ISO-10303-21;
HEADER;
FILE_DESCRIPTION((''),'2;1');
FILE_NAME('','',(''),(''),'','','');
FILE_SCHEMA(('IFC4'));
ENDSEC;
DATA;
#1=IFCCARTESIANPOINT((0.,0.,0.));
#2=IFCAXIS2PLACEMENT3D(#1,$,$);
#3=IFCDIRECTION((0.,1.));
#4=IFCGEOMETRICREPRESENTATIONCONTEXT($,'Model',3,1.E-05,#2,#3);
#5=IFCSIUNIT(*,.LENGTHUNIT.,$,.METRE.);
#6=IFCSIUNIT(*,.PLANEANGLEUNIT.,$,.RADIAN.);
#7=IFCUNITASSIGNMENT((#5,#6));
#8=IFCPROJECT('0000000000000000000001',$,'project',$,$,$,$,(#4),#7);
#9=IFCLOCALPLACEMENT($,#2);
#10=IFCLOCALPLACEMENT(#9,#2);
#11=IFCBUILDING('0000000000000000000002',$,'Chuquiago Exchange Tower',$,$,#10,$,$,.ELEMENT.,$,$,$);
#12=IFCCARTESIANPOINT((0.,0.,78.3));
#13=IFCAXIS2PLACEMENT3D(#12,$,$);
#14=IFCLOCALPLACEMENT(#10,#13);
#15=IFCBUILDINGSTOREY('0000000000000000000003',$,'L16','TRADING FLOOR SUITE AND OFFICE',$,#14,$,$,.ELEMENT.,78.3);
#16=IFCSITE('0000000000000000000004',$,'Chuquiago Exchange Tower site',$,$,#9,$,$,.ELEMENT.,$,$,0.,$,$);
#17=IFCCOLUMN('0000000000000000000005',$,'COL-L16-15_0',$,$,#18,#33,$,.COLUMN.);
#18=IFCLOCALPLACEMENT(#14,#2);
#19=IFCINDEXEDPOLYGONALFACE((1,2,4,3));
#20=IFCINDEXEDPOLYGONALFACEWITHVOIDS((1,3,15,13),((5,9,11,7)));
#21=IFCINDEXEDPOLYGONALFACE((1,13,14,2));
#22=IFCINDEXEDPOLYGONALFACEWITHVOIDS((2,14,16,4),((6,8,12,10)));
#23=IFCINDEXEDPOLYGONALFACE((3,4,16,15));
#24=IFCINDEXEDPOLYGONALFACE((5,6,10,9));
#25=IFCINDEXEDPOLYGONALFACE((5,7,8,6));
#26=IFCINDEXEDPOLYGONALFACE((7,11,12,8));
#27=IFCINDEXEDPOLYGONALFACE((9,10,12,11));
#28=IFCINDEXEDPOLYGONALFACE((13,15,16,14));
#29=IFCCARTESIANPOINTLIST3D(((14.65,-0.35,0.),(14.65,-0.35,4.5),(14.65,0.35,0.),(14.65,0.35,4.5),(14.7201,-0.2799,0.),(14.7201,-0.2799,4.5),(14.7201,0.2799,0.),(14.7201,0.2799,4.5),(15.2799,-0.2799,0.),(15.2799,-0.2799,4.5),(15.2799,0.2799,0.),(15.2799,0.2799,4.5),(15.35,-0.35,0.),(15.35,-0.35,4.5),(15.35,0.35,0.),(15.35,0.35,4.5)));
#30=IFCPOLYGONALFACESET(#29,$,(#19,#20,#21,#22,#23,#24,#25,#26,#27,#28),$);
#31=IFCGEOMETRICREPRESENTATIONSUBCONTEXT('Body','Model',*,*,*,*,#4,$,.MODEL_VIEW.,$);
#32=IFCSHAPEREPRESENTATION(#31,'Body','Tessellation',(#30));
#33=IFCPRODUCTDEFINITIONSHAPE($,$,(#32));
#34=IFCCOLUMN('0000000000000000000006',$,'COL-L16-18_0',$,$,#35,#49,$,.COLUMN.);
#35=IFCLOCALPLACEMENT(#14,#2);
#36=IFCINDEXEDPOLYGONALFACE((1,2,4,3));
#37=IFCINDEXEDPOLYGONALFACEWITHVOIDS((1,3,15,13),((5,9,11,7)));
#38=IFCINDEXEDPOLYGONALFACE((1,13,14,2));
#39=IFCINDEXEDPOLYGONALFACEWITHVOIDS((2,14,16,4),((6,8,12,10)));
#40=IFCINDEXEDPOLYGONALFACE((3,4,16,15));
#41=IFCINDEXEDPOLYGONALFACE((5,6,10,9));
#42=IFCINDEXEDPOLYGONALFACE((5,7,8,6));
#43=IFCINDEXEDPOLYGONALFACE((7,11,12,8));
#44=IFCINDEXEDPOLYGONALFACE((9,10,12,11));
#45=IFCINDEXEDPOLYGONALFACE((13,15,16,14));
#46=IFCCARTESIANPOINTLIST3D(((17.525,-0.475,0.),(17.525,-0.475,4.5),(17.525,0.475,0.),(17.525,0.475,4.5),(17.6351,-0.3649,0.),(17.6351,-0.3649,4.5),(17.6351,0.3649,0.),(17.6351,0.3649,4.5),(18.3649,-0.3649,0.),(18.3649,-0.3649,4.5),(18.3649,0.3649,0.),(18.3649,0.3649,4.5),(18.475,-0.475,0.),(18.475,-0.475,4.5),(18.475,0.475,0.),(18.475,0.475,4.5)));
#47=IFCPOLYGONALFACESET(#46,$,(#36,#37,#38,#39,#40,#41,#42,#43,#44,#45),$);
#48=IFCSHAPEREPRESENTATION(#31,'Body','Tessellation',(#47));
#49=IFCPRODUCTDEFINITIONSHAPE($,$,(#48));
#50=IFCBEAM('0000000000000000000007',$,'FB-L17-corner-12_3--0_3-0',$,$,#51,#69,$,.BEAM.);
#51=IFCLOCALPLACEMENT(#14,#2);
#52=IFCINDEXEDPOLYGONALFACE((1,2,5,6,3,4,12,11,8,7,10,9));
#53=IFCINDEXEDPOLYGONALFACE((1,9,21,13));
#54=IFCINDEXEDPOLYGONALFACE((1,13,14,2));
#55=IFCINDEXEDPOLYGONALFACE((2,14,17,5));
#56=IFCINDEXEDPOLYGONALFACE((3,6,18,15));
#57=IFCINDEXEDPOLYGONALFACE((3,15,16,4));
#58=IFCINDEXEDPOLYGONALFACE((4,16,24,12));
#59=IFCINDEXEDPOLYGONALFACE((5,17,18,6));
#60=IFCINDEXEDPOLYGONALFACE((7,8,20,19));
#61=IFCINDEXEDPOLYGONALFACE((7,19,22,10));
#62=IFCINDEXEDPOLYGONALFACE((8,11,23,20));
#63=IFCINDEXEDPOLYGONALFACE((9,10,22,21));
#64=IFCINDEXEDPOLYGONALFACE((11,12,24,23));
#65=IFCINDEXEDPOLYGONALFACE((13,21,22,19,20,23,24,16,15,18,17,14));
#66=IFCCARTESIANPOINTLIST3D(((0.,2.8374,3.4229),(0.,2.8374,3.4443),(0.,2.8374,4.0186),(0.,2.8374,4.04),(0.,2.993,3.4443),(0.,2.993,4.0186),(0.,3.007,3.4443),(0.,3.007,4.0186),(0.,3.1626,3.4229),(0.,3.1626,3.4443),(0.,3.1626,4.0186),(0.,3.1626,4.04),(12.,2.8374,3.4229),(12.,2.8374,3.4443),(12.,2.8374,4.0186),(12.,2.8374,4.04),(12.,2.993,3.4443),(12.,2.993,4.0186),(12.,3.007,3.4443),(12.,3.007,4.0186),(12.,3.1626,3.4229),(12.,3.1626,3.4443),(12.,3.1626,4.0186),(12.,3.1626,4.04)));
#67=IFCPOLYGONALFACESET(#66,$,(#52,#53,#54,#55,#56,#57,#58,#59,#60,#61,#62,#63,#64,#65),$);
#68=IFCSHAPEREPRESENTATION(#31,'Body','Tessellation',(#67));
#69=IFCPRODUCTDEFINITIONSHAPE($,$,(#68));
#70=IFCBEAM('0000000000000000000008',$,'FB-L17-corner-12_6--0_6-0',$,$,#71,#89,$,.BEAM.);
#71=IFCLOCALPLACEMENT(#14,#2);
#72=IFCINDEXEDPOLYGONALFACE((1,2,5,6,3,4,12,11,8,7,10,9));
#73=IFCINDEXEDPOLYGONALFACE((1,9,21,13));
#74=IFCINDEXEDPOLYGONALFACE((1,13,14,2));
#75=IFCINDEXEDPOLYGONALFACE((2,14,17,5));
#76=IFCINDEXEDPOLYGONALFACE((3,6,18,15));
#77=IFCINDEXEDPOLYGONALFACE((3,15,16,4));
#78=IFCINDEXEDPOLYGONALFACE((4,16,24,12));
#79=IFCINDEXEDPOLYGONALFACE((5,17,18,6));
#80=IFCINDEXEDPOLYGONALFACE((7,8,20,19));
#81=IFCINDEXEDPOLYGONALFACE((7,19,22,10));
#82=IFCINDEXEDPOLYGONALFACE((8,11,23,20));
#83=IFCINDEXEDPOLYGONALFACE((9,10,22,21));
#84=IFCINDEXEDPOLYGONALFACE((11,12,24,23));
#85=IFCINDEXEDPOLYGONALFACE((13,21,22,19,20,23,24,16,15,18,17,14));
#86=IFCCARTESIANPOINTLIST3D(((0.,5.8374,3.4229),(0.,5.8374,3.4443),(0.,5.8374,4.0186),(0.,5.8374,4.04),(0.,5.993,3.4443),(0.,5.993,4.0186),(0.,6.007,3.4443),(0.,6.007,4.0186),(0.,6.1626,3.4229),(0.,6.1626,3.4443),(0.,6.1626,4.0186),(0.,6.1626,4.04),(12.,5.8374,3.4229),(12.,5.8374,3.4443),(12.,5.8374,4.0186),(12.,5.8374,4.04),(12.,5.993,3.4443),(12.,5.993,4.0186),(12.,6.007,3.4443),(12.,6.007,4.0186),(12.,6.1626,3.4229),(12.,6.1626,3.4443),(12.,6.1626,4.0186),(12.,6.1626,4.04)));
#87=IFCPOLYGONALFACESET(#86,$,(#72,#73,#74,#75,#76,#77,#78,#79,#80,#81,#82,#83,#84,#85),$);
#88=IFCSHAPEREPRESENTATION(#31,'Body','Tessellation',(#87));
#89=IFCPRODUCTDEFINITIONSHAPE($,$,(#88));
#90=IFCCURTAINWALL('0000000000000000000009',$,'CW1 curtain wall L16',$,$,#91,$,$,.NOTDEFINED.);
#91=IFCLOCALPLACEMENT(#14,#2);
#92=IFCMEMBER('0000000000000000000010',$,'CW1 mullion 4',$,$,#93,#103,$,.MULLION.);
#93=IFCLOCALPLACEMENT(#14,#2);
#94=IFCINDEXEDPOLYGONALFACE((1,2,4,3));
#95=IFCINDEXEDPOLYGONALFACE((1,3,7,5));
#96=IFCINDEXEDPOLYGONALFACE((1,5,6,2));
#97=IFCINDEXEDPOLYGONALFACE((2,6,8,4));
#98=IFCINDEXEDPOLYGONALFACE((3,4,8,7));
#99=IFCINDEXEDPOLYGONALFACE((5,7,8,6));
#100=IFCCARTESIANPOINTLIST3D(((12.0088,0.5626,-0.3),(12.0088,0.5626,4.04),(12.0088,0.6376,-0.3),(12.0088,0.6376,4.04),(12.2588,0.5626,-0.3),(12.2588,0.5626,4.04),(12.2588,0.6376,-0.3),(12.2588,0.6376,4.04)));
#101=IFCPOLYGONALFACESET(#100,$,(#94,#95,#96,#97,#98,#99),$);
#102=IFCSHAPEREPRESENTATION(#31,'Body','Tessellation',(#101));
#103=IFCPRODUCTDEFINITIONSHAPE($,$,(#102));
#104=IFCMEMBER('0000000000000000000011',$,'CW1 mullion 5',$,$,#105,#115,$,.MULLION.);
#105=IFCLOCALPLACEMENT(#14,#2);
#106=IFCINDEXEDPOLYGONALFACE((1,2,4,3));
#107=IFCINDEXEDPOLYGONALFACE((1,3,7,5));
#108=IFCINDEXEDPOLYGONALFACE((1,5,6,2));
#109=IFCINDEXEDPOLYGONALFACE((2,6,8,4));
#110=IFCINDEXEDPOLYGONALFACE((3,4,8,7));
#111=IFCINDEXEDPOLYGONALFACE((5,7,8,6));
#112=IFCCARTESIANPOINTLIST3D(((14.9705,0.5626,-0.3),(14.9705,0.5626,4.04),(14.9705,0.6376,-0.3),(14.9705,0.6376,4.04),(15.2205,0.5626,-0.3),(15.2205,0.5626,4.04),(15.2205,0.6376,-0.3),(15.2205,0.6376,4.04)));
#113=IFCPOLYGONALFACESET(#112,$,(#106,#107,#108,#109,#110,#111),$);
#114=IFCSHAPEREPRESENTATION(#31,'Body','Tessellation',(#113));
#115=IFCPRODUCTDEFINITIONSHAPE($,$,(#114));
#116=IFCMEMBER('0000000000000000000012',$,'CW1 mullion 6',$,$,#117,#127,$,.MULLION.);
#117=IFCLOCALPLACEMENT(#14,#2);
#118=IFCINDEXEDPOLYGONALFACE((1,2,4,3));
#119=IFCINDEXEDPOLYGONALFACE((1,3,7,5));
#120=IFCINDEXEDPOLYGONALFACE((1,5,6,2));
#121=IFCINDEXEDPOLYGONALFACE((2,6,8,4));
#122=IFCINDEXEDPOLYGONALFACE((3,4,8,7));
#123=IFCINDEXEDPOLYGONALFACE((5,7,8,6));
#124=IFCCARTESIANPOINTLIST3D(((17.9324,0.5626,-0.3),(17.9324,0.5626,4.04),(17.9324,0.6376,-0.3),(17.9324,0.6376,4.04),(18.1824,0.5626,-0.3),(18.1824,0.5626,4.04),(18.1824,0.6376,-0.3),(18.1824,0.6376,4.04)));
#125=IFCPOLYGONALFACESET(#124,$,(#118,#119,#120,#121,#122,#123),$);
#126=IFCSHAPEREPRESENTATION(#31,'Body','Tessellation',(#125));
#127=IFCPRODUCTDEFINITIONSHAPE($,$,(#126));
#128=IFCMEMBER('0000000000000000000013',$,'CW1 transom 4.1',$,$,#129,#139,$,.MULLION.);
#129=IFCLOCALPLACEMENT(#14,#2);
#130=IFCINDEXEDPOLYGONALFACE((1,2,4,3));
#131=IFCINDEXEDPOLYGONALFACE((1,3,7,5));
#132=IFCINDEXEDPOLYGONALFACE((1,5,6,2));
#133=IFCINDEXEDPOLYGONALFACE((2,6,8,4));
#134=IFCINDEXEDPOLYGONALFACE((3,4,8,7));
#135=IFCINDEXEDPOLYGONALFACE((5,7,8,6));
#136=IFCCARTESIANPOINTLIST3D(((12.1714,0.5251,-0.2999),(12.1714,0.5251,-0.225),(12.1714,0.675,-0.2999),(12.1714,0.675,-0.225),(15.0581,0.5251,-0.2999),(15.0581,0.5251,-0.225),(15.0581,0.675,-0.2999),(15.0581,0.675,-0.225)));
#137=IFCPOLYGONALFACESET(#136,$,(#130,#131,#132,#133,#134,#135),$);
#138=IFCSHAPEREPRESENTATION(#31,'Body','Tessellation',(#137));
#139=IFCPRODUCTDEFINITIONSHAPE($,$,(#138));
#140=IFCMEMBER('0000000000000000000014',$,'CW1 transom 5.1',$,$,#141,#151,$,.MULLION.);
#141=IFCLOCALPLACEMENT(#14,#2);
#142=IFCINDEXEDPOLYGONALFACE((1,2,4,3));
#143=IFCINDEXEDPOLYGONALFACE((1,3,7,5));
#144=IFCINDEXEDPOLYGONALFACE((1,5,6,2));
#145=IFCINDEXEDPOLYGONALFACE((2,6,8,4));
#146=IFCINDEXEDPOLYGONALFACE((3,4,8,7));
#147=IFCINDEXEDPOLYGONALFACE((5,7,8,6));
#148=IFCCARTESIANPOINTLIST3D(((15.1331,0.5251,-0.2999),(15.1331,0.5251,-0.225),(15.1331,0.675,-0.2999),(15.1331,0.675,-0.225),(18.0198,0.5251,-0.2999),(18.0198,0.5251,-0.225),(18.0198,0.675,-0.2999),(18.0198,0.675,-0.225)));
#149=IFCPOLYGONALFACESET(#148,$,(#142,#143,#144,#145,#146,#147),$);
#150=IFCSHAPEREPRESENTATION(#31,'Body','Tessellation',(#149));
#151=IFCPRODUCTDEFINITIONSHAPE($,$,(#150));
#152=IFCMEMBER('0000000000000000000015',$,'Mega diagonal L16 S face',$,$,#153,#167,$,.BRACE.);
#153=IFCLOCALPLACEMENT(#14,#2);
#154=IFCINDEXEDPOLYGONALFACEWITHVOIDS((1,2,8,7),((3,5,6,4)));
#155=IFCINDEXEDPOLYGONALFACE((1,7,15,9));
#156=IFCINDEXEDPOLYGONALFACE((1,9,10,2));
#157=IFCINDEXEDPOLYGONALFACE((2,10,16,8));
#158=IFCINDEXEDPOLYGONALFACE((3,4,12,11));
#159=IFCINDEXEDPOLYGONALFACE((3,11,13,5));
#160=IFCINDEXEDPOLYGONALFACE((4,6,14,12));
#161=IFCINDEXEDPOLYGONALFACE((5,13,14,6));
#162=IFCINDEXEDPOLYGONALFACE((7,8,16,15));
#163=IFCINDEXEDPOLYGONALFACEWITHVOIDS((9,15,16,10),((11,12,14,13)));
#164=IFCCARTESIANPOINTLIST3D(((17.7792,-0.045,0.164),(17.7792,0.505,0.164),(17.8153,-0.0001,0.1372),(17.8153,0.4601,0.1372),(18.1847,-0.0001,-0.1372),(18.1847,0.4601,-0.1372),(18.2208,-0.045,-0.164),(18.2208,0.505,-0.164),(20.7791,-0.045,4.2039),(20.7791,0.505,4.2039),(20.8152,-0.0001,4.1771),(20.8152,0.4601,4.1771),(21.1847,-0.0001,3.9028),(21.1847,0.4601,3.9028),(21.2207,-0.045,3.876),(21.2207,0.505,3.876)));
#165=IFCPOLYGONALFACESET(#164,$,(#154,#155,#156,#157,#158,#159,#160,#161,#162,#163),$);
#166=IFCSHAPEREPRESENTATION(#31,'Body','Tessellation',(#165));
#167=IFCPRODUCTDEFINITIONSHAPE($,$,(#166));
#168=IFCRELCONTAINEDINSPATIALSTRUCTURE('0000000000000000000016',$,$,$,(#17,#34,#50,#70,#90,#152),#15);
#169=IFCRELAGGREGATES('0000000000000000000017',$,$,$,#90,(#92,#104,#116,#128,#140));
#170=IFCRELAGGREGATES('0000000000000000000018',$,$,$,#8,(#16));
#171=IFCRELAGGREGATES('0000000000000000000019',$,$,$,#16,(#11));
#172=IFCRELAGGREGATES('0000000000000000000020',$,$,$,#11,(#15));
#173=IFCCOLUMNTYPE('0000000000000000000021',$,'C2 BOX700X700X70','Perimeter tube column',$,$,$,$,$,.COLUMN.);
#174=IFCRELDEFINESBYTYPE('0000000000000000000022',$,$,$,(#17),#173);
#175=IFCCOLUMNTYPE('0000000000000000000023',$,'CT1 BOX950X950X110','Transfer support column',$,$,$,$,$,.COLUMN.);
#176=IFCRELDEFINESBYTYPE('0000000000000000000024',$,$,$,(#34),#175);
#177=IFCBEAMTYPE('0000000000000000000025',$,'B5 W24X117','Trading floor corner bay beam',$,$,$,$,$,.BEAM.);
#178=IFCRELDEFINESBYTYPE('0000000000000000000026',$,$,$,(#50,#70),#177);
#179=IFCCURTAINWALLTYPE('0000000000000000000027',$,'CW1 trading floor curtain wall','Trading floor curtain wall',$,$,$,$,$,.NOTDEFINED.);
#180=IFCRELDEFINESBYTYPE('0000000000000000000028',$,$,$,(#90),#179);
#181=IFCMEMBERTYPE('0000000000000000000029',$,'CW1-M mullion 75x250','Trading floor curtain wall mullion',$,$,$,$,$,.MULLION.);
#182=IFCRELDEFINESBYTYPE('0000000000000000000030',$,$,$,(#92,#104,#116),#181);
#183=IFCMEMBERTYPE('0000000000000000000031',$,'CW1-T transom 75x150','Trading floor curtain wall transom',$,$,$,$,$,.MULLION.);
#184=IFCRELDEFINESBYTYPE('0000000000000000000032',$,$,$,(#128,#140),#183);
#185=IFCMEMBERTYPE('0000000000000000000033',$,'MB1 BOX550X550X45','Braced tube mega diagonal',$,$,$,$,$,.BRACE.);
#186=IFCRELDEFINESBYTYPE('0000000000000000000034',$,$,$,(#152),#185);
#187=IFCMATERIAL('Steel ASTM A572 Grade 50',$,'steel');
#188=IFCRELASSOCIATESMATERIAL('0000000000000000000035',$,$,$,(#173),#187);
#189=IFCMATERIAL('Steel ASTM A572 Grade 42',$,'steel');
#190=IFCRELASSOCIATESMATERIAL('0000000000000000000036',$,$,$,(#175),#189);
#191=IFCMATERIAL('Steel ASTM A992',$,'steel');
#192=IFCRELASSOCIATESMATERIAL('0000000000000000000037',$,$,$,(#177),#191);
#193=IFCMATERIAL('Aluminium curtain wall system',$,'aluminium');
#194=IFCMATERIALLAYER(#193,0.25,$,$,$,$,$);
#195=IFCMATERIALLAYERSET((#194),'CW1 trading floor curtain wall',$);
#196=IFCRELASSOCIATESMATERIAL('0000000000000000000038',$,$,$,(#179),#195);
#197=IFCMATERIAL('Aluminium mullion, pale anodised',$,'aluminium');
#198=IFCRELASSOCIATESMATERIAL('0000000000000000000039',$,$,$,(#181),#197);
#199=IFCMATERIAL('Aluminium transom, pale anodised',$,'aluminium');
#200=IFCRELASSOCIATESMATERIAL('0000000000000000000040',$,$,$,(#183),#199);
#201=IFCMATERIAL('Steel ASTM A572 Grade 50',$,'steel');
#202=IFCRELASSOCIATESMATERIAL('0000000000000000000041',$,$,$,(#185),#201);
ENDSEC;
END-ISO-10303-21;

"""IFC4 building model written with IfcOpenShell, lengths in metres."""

from ifc_helpers import new_model, si_unit, direction, frame, origin, origin_2d, place, context, subcontext, project, spatial, rectangle, hollow_rectangle, i_section, extrude, material, layer, layer_set, material_profile, profile_set, type_object, element, aggregate, save


model = new_model("IFC4")

# Units and contexts
model_context = context("Model", 3, precision=1e-05, world=origin(), true_north=direction((0.0, 1.0)))
body_context = subcontext(model_context, "Body", "Model", "MODEL_VIEW")
ifc_project = project(units=[si_unit("LENGTHUNIT", "METRE"), si_unit("PLANEANGLEUNIT", "RADIAN")], contexts=[model_context])

# Site, building, storey
site_placement = place(None, origin())
site = spatial("IfcSite", under=ifc_project, at=site_placement, Name="Chuquiago Exchange Tower site", CompositionType="ELEMENT", RefElevation=0.0)
building_placement = place(site_placement, origin())
building = spatial("IfcBuilding", under=site, at=building_placement, Name="Chuquiago Exchange Tower", CompositionType="ELEMENT")
storey_placement = place(building_placement, frame((0.0, 0.0, 78.3)))
storey = spatial("IfcBuildingStorey", under=building, at=storey_placement, Name="L16", Description="TRADING FLOOR SUITE AND OFFICE", CompositionType="ELEMENT", Elevation=78.3)

# Columns
ifc_material_1 = material(Name="Steel ASTM A572 Grade 50", Category="steel")
ifc_material_profile_1 = material_profile(ifc_material_1, hollow_rectangle(XDim=0.7, YDim=0.7, WallThickness=0.0701, at=origin_2d()), Name="BOX700X700X70")
ifc_profile_set_1 = profile_set([ifc_material_profile_1], Name="Steel ASTM A572 Grade 50")
column_type_1 = type_object("IfcColumnType", Name="C2 BOX700X700X70", Description="Perimeter tube column", PredefinedType="COLUMN", material=ifc_profile_set_1)
column_1_placement = place(storey_placement, frame((15.0, 0.0, 0.0), z_axis=(0.0, 0.0, 1.0), x_axis=(0.0, -1.0, 0.0)))
element("IfcColumn", 1, at=column_1_placement, inside=storey, type_object=column_type_1, Name="COL-L16-15_0", PredefinedType="COLUMN", context=body_context, shape_type="SweptSolid", body=[
    extrude(hollow_rectangle(XDim=0.7, YDim=0.7, WallThickness=0.0701, at=origin_2d()), origin(), (0.0, 0.0, 1.0), 4.5),
])
ifc_material_2 = material(Name="Steel ASTM A572 Grade 42", Category="steel")
ifc_material_profile_2 = material_profile(ifc_material_2, hollow_rectangle(XDim=0.95, YDim=0.95, WallThickness=0.1101, at=origin_2d()), Name="BOX950X950X110")
ifc_profile_set_2 = profile_set([ifc_material_profile_2], Name="Steel ASTM A572 Grade 42")
column_type_2 = type_object("IfcColumnType", Name="CT1 BOX950X950X110", Description="Transfer support column", PredefinedType="COLUMN", material=ifc_profile_set_2)
column_2_placement = place(storey_placement, frame((18.0, 0.0, 0.0), z_axis=(0.0, 0.0, 1.0), x_axis=(0.0, -1.0, 0.0)))
element("IfcColumn", 2, at=column_2_placement, inside=storey, type_object=column_type_2, Name="COL-L16-18_0", PredefinedType="COLUMN", context=body_context, shape_type="SweptSolid", body=[
    extrude(hollow_rectangle(XDim=0.95, YDim=0.95, WallThickness=0.1101, at=origin_2d()), origin(), (0.0, 0.0, 1.0), 4.5),
])

# Beams
ifc_material_3 = material(Name="Steel ASTM A992", Category="steel")
ifc_material_profile_3 = material_profile(ifc_material_3, i_section(OverallWidth=0.3252, OverallDepth=0.6172, WebThickness=0.0139, FlangeThickness=0.0215, at=origin_2d()), Name="W24X117")
ifc_profile_set_3 = profile_set([ifc_material_profile_3], Name="Steel ASTM A992")
beam_type_1 = type_object("IfcBeamType", Name="B5 W24X117", Description="Trading floor corner bay beam", PredefinedType="BEAM", material=ifc_profile_set_3)
for number, where, z_axis, x_axis, name in (
    (3, (12.0, 3.0, 3.7314), (-1.0, 0.0, 0.0), (0.0, -1.0, 0.0), "FB-L17-corner-12_3--0_3-0"),
    (4, (12.0, 6.0, 3.7314), (-1.0, 0.0, 0.0), (0.0, -1.0, 0.0), "FB-L17-corner-12_6--0_6-0"),
):
    element("IfcBeam", number, at=place(storey_placement, frame(where, z_axis=z_axis, x_axis=x_axis)), inside=storey, type_object=beam_type_1, Name=name, PredefinedType="BEAM", context=body_context, shape_type="SweptSolid", body=[
        extrude(i_section(OverallWidth=0.3252, OverallDepth=0.6172, WebThickness=0.0139, FlangeThickness=0.0215, at=origin_2d()), origin(), (0.0, 0.0, 1.0), 12.0),
    ])

# Curtain wall, members
ifc_material_4 = material(Name="Aluminium curtain wall system", Category="aluminium")
ifc_layer_1 = layer(ifc_material_4, 0.25)
ifc_layer_set_1 = layer_set([ifc_layer_1], Name="CW1 trading floor curtain wall")
curtain_wall_type = type_object("IfcCurtainWallType", Name="CW1 trading floor curtain wall", Description="Trading floor curtain wall", PredefinedType="NOTDEFINED", material=ifc_layer_set_1)
curtain_wall_placement = place(storey_placement, origin())
curtain_wall = element("IfcCurtainWall", 5, at=curtain_wall_placement, inside=storey, type_object=curtain_wall_type, Name="CW1 curtain wall L16", PredefinedType="NOTDEFINED")
ifc_material_5 = material(Name="Aluminium mullion, pale anodised", Category="aluminium")
ifc_material_profile_4 = material_profile(ifc_material_5, rectangle(XDim=0.075, YDim=0.25, at=origin_2d()), Name="AL 75x250")
ifc_profile_set_4 = profile_set([ifc_material_profile_4], Name="Aluminium mullion, pale anodised")
member_type_1 = type_object("IfcMemberType", Name="CW1-M mullion 75x250", Description="Trading floor curtain wall mullion", PredefinedType="MULLION", material=ifc_profile_set_4)
member_1_placement = place(storey_placement, frame((12.1338, 0.6001, -0.3), z_axis=(0.0, 0.0, 1.0), x_axis=(0.0, 1.0, 0.0)))
member_1 = element("IfcMember", 6, at=member_1_placement, type_object=member_type_1, Name="CW1 mullion 4", PredefinedType="MULLION", context=body_context, shape_type="SweptSolid", body=[
    extrude(rectangle(XDim=0.075, YDim=0.25, at=origin_2d()), origin(), (0.0, 0.0, 1.0), 4.3401),
])
member_2_placement = place(storey_placement, frame((15.0955, 0.6001, -0.3), z_axis=(0.0, 0.0, 1.0), x_axis=(0.0, 1.0, 0.0)))
member_2 = element("IfcMember", 7, at=member_2_placement, type_object=member_type_1, Name="CW1 mullion 5", PredefinedType="MULLION", context=body_context, shape_type="SweptSolid", body=[
    extrude(rectangle(XDim=0.075, YDim=0.25, at=origin_2d()), origin(), (0.0, 0.0, 1.0), 4.3401),
])
member_3_placement = place(storey_placement, frame((18.0574, 0.6001, -0.3), z_axis=(0.0, 0.0, 1.0), x_axis=(0.0, 1.0, 0.0)))
member_3 = element("IfcMember", 8, at=member_3_placement, type_object=member_type_1, Name="CW1 mullion 6", PredefinedType="MULLION", context=body_context, shape_type="SweptSolid", body=[
    extrude(rectangle(XDim=0.075, YDim=0.25, at=origin_2d()), origin(), (0.0, 0.0, 1.0), 4.3401),
])
ifc_material_6 = material(Name="Aluminium transom, pale anodised", Category="aluminium")
ifc_material_profile_5 = material_profile(ifc_material_6, rectangle(XDim=0.1499, YDim=0.075, at=origin_2d()), Name="AL 150x75")
ifc_profile_set_5 = profile_set([ifc_material_profile_5], Name="Aluminium transom, pale anodised")
member_type_2 = type_object("IfcMemberType", Name="CW1-T transom 75x150", Description="Trading floor curtain wall transom", PredefinedType="MULLION", material=ifc_profile_set_5)
member_4_placement = place(storey_placement, frame((12.1714, 0.6001, -0.2625), z_axis=(1.0, 0.0, 0.0), x_axis=(0.0, 1.0, 0.0)))
member_4 = element("IfcMember", 9, at=member_4_placement, type_object=member_type_2, Name="CW1 transom 4.1", PredefinedType="MULLION", context=body_context, shape_type="SweptSolid", body=[
    extrude(rectangle(XDim=0.1499, YDim=0.075, at=origin_2d()), origin(), (0.0, 0.0, 1.0), 2.8867),
])
member_5_placement = place(storey_placement, frame((15.1331, 0.6001, -0.2625), z_axis=(1.0, 0.0, 0.0), x_axis=(0.0, 1.0, 0.0)))
member_5 = element("IfcMember", 10, at=member_5_placement, type_object=member_type_2, Name="CW1 transom 5.1", PredefinedType="MULLION", context=body_context, shape_type="SweptSolid", body=[
    extrude(rectangle(XDim=0.1499, YDim=0.075, at=origin_2d()), origin(), (0.0, 0.0, 1.0), 2.8867),
])

# Member
ifc_material_7 = material(Name="Steel ASTM A572 Grade 50", Category="steel")
ifc_material_profile_6 = material_profile(ifc_material_7, hollow_rectangle(XDim=0.55, YDim=0.55, WallThickness=0.0449, at=origin_2d()), Name="BOX550X550X45")
ifc_profile_set_6 = profile_set([ifc_material_profile_6], Name="Steel ASTM A572 Grade 50")
member_type_3 = type_object("IfcMemberType", Name="MB1 BOX550X550X45", Description="Braced tube mega diagonal", PredefinedType="BRACE", material=ifc_profile_set_6)
member_6_placement = place(storey_placement, frame((18.0, 0.23, 0.0), z_axis=(0.596174, 0.0, 0.802855), x_axis=(0.0, 1.0, 0.0)))
element("IfcMember", 11, at=member_6_placement, inside=storey, type_object=member_type_3, Name="Mega diagonal L16 S face", PredefinedType="BRACE", context=body_context, shape_type="SweptSolid", body=[
    extrude(hollow_rectangle(XDim=0.55, YDim=0.55, WallThickness=0.0449, at=origin_2d()), origin(), (0.0, 0.0, 1.0), 5.032),
])

aggregate(curtain_wall, [member_1, member_2, member_3, member_4, member_5])

save(model, "model.ifc")
